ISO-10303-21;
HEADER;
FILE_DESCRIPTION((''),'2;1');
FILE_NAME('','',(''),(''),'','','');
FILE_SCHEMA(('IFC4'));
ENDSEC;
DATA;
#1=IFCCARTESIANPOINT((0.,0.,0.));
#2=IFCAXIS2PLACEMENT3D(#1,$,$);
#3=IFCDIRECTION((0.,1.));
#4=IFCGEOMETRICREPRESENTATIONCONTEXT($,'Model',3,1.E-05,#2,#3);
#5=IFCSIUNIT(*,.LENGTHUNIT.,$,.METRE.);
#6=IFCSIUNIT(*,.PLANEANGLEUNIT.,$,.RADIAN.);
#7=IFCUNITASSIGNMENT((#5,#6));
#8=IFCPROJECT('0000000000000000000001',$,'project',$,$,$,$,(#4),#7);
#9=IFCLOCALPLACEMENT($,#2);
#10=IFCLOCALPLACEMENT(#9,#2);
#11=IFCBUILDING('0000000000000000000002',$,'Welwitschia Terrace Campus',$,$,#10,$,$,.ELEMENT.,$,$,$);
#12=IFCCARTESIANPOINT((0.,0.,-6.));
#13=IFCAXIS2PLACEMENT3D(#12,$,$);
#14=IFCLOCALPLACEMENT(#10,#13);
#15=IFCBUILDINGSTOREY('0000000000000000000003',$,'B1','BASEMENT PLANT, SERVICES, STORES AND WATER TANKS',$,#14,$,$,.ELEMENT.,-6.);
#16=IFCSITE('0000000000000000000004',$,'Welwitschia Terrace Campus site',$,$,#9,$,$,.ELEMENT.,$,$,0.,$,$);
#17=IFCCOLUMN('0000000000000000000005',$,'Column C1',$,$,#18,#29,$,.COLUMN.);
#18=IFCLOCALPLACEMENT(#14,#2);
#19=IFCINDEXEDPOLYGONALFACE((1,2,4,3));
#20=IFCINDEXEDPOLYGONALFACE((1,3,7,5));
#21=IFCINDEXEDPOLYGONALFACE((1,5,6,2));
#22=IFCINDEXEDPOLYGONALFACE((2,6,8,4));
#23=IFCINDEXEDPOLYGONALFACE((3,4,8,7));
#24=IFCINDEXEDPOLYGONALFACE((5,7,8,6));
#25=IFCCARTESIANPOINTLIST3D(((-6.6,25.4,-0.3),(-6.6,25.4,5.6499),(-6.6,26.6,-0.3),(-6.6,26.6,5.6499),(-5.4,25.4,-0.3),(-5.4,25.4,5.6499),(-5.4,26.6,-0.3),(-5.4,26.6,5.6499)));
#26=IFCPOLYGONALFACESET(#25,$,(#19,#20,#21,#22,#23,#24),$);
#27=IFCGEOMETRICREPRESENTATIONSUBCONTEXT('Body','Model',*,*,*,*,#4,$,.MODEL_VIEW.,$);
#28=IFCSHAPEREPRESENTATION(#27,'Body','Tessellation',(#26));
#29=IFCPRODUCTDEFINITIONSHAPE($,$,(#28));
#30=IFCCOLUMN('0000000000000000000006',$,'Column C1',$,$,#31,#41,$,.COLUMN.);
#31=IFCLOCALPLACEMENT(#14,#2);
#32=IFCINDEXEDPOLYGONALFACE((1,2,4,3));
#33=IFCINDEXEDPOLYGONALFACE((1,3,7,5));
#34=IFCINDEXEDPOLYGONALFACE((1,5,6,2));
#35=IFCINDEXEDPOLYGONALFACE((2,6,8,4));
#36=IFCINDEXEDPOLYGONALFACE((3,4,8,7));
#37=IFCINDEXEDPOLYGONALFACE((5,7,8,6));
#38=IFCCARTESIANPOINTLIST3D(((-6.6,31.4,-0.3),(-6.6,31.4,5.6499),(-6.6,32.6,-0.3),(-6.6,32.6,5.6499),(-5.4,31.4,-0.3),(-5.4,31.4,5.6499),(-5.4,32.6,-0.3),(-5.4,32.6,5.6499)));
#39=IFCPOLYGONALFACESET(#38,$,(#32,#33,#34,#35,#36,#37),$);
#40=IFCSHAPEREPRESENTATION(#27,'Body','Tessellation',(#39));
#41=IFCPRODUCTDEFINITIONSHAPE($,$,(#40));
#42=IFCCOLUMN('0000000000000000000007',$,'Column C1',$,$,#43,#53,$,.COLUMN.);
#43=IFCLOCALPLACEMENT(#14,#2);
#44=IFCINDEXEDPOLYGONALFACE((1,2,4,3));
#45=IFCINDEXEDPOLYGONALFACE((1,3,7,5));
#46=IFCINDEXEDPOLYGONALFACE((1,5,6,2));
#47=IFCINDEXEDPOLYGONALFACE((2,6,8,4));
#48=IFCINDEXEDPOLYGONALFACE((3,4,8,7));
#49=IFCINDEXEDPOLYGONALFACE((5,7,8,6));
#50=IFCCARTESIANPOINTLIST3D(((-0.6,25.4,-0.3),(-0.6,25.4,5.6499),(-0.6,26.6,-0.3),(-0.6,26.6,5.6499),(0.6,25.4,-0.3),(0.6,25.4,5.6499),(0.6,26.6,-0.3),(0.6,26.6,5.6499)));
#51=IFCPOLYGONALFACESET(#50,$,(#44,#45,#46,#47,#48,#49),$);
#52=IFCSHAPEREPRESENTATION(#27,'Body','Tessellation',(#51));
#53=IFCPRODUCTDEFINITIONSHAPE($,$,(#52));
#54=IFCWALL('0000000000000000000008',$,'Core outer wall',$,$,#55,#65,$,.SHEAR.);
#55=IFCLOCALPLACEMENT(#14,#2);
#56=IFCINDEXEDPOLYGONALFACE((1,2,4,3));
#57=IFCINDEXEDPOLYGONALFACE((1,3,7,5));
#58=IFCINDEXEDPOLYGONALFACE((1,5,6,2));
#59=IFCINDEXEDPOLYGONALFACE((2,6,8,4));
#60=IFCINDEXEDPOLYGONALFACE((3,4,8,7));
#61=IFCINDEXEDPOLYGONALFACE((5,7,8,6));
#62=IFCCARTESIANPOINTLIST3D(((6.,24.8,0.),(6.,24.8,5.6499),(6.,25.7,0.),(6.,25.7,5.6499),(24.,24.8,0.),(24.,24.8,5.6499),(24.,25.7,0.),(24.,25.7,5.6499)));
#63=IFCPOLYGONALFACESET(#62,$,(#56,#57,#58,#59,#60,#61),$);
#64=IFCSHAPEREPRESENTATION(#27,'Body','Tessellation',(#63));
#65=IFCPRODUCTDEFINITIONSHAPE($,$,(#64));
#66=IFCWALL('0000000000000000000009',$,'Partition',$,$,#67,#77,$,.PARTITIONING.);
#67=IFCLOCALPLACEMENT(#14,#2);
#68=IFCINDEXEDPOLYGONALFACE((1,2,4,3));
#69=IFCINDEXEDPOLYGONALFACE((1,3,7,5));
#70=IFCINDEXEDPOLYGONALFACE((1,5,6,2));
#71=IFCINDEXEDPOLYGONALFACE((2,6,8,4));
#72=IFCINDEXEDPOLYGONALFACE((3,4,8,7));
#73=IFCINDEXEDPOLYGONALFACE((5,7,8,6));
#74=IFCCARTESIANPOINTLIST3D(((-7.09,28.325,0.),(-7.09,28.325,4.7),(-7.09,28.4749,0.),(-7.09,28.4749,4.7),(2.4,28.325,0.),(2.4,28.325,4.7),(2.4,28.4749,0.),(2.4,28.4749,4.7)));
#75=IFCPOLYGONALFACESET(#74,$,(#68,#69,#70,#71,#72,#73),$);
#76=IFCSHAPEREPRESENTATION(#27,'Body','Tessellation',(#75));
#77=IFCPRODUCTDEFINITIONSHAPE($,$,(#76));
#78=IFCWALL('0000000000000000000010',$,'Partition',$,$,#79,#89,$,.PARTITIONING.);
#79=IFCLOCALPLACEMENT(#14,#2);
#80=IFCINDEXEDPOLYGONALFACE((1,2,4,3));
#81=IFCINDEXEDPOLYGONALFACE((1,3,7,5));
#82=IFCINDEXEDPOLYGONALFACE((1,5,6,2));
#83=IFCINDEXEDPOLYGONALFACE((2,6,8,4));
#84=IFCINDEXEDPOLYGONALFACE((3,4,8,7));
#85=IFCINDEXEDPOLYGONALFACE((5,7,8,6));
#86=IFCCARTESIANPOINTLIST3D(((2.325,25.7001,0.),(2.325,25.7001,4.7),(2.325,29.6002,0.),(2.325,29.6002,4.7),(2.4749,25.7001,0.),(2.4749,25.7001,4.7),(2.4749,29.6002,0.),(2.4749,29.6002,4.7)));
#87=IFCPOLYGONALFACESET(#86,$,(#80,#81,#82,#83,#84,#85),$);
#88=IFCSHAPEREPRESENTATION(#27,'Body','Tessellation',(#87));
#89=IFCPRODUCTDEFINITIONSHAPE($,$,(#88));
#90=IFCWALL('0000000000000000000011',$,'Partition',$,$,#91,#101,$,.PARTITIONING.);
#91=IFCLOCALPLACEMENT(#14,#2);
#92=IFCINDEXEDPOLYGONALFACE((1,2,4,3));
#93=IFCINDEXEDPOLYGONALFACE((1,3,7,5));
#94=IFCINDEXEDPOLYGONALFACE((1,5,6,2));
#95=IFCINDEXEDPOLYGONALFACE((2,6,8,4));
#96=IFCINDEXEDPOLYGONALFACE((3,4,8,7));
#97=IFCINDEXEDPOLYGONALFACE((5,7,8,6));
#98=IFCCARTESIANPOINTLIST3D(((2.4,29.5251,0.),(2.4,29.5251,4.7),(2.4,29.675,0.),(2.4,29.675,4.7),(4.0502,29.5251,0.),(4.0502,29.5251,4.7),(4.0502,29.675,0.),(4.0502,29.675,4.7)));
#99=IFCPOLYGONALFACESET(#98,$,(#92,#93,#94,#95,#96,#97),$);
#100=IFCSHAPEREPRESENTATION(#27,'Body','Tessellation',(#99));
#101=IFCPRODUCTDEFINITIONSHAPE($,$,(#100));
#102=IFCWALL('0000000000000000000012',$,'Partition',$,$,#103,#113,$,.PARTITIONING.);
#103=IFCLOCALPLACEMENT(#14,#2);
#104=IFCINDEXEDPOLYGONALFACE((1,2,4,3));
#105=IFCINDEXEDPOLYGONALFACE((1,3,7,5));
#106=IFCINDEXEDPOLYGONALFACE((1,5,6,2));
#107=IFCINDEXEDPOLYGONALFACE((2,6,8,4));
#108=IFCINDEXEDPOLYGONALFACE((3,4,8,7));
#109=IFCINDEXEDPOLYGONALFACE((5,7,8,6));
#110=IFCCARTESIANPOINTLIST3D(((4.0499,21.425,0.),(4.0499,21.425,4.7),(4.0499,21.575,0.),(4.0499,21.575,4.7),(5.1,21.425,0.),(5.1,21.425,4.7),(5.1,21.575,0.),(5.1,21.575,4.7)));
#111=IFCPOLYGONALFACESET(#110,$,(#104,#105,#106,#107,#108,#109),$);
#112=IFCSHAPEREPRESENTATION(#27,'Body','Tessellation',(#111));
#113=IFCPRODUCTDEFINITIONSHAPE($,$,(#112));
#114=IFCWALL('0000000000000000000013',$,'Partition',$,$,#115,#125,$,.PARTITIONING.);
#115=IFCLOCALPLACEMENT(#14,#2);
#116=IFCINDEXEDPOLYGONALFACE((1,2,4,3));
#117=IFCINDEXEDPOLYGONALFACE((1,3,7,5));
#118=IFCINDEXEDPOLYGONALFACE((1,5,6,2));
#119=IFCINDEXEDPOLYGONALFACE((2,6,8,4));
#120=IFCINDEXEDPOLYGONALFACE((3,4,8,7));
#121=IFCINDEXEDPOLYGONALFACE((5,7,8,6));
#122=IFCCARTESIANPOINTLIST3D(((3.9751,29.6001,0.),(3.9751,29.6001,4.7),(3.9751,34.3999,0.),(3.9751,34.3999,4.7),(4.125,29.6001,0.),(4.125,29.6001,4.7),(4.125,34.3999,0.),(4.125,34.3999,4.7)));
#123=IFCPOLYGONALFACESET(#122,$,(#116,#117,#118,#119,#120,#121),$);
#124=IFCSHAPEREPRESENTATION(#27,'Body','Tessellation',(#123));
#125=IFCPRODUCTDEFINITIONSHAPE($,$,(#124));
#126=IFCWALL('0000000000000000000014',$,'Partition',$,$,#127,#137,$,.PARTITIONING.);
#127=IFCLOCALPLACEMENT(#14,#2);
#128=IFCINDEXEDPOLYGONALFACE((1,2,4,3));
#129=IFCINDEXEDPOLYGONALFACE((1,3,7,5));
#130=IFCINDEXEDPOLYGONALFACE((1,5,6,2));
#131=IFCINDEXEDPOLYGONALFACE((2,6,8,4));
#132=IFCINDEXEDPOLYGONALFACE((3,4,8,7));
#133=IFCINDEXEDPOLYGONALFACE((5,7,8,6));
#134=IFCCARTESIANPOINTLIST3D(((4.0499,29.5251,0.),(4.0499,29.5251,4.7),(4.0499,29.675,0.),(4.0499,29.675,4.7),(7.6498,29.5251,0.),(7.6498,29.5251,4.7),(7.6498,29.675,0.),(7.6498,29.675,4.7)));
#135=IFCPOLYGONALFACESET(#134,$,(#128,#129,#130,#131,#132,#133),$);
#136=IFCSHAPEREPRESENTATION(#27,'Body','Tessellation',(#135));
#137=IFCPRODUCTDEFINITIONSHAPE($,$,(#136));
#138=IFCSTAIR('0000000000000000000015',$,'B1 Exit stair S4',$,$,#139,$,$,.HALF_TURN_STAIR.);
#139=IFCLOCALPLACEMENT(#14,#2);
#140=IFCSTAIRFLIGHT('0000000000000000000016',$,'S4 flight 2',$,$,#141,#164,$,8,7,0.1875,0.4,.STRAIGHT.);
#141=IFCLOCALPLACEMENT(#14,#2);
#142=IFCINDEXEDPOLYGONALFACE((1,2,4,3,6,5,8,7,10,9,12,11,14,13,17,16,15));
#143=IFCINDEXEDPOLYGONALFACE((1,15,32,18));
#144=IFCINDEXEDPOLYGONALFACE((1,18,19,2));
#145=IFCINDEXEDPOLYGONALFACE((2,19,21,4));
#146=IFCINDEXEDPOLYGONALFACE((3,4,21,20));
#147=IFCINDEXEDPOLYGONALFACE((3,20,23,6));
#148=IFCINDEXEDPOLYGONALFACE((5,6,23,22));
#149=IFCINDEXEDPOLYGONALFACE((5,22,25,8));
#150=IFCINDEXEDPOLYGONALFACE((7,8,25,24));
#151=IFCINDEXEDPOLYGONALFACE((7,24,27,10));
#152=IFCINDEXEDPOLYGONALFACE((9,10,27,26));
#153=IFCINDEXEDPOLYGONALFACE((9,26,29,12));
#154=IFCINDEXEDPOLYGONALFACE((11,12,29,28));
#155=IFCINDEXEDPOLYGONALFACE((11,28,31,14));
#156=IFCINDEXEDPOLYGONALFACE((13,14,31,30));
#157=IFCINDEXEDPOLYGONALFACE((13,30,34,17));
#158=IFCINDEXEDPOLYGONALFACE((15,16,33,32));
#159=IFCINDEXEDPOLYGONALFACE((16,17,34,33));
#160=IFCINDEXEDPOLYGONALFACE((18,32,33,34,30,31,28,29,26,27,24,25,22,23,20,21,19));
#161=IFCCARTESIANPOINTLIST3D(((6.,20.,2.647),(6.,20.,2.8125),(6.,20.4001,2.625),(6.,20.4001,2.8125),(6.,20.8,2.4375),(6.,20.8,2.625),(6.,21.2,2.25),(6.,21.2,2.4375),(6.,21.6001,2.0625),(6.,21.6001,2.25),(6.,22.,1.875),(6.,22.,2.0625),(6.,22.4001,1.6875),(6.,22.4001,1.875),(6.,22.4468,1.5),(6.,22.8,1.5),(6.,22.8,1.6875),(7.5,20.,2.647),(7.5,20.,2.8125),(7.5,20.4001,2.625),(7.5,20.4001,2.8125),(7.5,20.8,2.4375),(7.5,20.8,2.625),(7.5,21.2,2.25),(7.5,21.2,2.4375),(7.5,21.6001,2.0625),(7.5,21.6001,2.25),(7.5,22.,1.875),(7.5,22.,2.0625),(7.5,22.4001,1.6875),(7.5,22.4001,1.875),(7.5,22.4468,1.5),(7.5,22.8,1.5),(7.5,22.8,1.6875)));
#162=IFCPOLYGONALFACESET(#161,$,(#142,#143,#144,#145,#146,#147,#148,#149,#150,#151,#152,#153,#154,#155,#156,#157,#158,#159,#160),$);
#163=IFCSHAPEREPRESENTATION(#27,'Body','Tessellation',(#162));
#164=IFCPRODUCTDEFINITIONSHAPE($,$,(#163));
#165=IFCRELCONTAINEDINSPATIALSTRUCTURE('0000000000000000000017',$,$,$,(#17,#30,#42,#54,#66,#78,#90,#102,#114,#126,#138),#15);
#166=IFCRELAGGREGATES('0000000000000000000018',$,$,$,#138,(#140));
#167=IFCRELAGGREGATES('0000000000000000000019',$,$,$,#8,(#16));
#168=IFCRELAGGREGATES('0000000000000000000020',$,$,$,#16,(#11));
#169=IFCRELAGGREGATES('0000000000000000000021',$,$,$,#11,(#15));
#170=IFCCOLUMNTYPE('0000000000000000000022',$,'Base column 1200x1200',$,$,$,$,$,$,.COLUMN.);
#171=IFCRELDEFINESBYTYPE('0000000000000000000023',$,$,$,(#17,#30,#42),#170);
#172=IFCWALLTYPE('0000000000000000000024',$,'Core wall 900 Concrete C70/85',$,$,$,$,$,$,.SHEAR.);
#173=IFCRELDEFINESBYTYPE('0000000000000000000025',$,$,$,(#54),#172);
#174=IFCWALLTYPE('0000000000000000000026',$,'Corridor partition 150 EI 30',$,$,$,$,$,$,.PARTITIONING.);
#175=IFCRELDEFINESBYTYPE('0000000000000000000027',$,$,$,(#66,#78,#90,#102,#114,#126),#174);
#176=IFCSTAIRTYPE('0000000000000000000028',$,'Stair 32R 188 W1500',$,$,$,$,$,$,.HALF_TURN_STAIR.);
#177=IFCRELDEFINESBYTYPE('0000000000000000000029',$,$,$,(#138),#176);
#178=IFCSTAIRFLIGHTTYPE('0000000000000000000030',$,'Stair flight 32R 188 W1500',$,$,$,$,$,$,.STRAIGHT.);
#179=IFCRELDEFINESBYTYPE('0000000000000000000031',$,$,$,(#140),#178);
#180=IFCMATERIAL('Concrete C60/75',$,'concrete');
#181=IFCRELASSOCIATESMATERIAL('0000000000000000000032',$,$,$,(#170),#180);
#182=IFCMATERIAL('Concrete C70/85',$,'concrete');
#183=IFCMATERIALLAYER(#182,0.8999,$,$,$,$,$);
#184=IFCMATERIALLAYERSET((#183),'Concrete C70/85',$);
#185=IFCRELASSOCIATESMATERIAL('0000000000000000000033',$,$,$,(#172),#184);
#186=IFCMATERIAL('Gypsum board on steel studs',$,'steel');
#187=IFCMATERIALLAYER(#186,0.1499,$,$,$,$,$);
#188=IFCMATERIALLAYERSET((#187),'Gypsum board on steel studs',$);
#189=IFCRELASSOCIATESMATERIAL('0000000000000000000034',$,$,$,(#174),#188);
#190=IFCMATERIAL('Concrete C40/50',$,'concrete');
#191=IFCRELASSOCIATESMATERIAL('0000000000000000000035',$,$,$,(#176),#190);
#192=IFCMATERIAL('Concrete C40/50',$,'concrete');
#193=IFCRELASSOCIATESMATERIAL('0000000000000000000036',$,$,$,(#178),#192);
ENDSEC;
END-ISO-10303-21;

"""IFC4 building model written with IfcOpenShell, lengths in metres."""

from ifc_helpers import new_model, si_unit, direction, frame, frame_2d, origin, origin_2d, place, context, subcontext, project, spatial, polyline, rectangle, outline, extrude, material, layer, layer_set, material_profile, profile_set, type_object, element, aggregate, save


model = new_model("IFC4")

# Units and contexts
model_context = context("Model", 3, precision=1e-05, world=origin(), true_north=direction((0.0, 1.0)))
body_context = subcontext(model_context, "Body", "Model", "MODEL_VIEW")
ifc_project = project(units=[si_unit("LENGTHUNIT", "METRE"), si_unit("PLANEANGLEUNIT", "RADIAN")], contexts=[model_context])

# Site, building, storey
site_placement = place(None, origin())
site = spatial("IfcSite", under=ifc_project, at=site_placement, Name="Welwitschia Terrace Campus site", CompositionType="ELEMENT", RefElevation=0.0)
building_placement = place(site_placement, origin())
building = spatial("IfcBuilding", under=site, at=building_placement, Name="Welwitschia Terrace Campus", CompositionType="ELEMENT")
storey_placement = place(building_placement, frame((0.0, 0.0, -6.0)))
storey = spatial("IfcBuildingStorey", under=building, at=storey_placement, Name="B1", Description="BASEMENT PLANT, SERVICES, STORES AND WATER TANKS", CompositionType="ELEMENT", Elevation=-6.0)

# Columns
ifc_material_1 = material(Name="Concrete C60/75", Category="concrete")
ifc_material_profile = material_profile(ifc_material_1, rectangle(XDim=1.2, YDim=1.2, at=origin_2d()))
ifc_profile_set = profile_set([ifc_material_profile], Name="Concrete C60/75")
column_type = type_object("IfcColumnType", Name="Base column 1200x1200", PredefinedType="COLUMN", material=ifc_profile_set)
for number, where, z_axis, x_axis, name in (
    (1, (-6.0, 26.0, -0.3), (0.0, 0.0, 1.0), (1.0, 0.0, 0.0), "Column C1"),
    (2, (-6.0, 32.0, -0.3), (0.0, 0.0, 1.0), (1.0, 0.0, 0.0), "Column C1"),
    (3, (0.0, 26.0, -0.3), (0.0, 0.0, 1.0), (1.0, 0.0, 0.0), "Column C1"),
):
    element("IfcColumn", number, at=place(storey_placement, frame(where, z_axis=z_axis, x_axis=x_axis)), inside=storey, type_object=column_type, Name=name, PredefinedType="COLUMN", context=body_context, shape_type="SweptSolid", body=[
        extrude(rectangle(XDim=1.2, YDim=1.2, at=origin_2d()), origin(), (0.0, 0.0, 1.0), 5.95),
    ])

# Walls
ifc_material_2 = material(Name="Concrete C70/85", Category="concrete")
ifc_layer_1 = layer(ifc_material_2, 0.8999)
ifc_layer_set_1 = layer_set([ifc_layer_1], Name="Concrete C70/85")
wall_type_1 = type_object("IfcWallType", Name="Core wall 900 Concrete C70/85", PredefinedType="SHEAR", material=ifc_layer_set_1)
wall_1_placement = place(storey_placement, frame((6.0, 25.25, 0.0), z_axis=(0.0, 0.0, 1.0), x_axis=(1.0, 0.0, 0.0)))
element("IfcWall", 4, at=wall_1_placement, inside=storey, type_object=wall_type_1, Name="Core outer wall", PredefinedType="SHEAR", context=body_context, shape_type="SweptSolid", body=[
    extrude(rectangle(XDim=18.0, YDim=0.8999, at=frame_2d((9.0, 0.0))), origin(), (0.0, 0.0, 1.0), 5.6499),
])
ifc_material_3 = material(Name="Gypsum board on steel studs", Category="steel")
ifc_layer_2 = layer(ifc_material_3, 0.1499)
ifc_layer_set_2 = layer_set([ifc_layer_2], Name="Gypsum board on steel studs")
wall_type_2 = type_object("IfcWallType", Name="Corridor partition 150 EI 30", PredefinedType="PARTITIONING", material=ifc_layer_set_2)
wall_2_placement = place(storey_placement, frame((-7.0901, 28.3999, 0.0), z_axis=(0.0, 0.0, 1.0), x_axis=(1.0, 0.0, 0.0)))
element("IfcWall", 5, at=wall_2_placement, inside=storey, type_object=wall_type_2, Name="Partition", PredefinedType="PARTITIONING", context=body_context, shape_type="SweptSolid", body=[
    extrude(rectangle(XDim=9.49, YDim=0.1499, at=frame_2d((4.7451, 0.0))), origin(), (0.0, 0.0, 1.0), 4.7),
])
wall_3_placement = place(storey_placement, frame((2.3999, 25.7, 0.0), z_axis=(0.0, 0.0, 1.0), x_axis=(0.0, 1.0, 0.0)))
element("IfcWall", 6, at=wall_3_placement, inside=storey, type_object=wall_type_2, Name="Partition", PredefinedType="PARTITIONING", context=body_context, shape_type="SweptSolid", body=[
    extrude(rectangle(XDim=3.9001, YDim=0.1499, at=frame_2d((1.9502, 0.0))), origin(), (0.0, 0.0, 1.0), 4.7),
])
wall_4_placement = place(storey_placement, frame((2.3999, 29.6001, 0.0), z_axis=(0.0, 0.0, 1.0), x_axis=(1.0, 0.0, 0.0)))
element("IfcWall", 7, at=wall_4_placement, inside=storey, type_object=wall_type_2, Name="Partition", PredefinedType="PARTITIONING", context=body_context, shape_type="SweptSolid", body=[
    extrude(rectangle(XDim=1.6501, YDim=0.1499, at=frame_2d((0.8252, 0.0))), origin(), (0.0, 0.0, 1.0), 4.7),
])
wall_5_placement = place(storey_placement, frame((4.05, 21.5, 0.0), z_axis=(0.0, 0.0, 1.0), x_axis=(1.0, 0.0, 0.0)))
element("IfcWall", 8, at=wall_5_placement, inside=storey, type_object=wall_type_2, Name="Partition", PredefinedType="PARTITIONING", context=body_context, shape_type="SweptSolid", body=[
    extrude(rectangle(XDim=1.05, YDim=0.1499, at=frame_2d((0.5249, 0.0))), origin(), (0.0, 0.0, 1.0), 4.7),
])
wall_6_placement = place(storey_placement, frame((4.05, 29.6001, 0.0), z_axis=(0.0, 0.0, 1.0), x_axis=(0.0, 1.0, 0.0)))
element("IfcWall", 9, at=wall_6_placement, inside=storey, type_object=wall_type_2, Name="Partition", PredefinedType="PARTITIONING", context=body_context, shape_type="SweptSolid", body=[
    extrude(rectangle(XDim=4.7998, YDim=0.1499, at=frame_2d((2.3999, 0.0))), origin(), (0.0, 0.0, 1.0), 4.7),
])
wall_7_placement = place(storey_placement, frame((4.05, 29.6001, 0.0), z_axis=(0.0, 0.0, 1.0), x_axis=(1.0, 0.0, 0.0)))
element("IfcWall", 10, at=wall_7_placement, inside=storey, type_object=wall_type_2, Name="Partition", PredefinedType="PARTITIONING", context=body_context, shape_type="SweptSolid", body=[
    extrude(rectangle(XDim=3.5999, YDim=0.1499, at=frame_2d((1.7998, 0.0))), origin(), (0.0, 0.0, 1.0), 4.7),
])

# Stair, stair flight
ifc_material_4 = material(Name="Concrete C40/50", Category="concrete")
stair_type = type_object("IfcStairType", Name="Stair 32R 188 W1500", PredefinedType="HALF_TURN_STAIR", material=ifc_material_4)
stair_placement = place(storey_placement, origin())
stair = element("IfcStair", 11, at=stair_placement, inside=storey, type_object=stair_type, Name="B1 Exit stair S4", PredefinedType="HALF_TURN_STAIR")
ifc_material_5 = material(Name="Concrete C40/50", Category="concrete")
stair_flight_type = type_object("IfcStairFlightType", Name="Stair flight 32R 188 W1500", PredefinedType="STRAIGHT", material=ifc_material_5)
stair_flight_placement = place(storey_placement, frame((6.75, 22.8, 1.5), z_axis=(0.0, 0.0, 1.0), x_axis=(0.0, -1.0, 0.0)))
stair_flight = element("IfcStairFlight", 12, at=stair_flight_placement, type_object=stair_flight_type, Name="S4 flight 2", NumberOfRisers=8, NumberOfTreads=7, PredefinedType="STRAIGHT", RiserHeight=0.1875, TreadLength=0.4, context=body_context, shape_type="SweptSolid", body=[
    extrude(outline(polyline([(0.0, 0.0), (0.0, 0.1875), (0.3999, 0.1875), (0.3999, 0.375), (0.8, 0.375), (0.8, 0.5625), (1.2, 0.5625), (1.2, 0.75), (1.6001, 0.75), (1.6001, 0.9375), (2.0, 0.9375), (2.0, 1.125), (2.3999, 1.125), (2.3999, 1.3125), (2.8, 1.3125), (2.8, 1.5), (2.8, 1.147), (0.3533, 0.0), (0.0, 0.0)])), frame((0.0, 0.75, 0.0), z_axis=(0.0, -1.0, 0.0), x_axis=(1.0, 0.0, 0.0)), (0.0, 0.0, 1.0), 1.5),
])
aggregate(stair, [stair_flight])

save(model, "model.ifc")
